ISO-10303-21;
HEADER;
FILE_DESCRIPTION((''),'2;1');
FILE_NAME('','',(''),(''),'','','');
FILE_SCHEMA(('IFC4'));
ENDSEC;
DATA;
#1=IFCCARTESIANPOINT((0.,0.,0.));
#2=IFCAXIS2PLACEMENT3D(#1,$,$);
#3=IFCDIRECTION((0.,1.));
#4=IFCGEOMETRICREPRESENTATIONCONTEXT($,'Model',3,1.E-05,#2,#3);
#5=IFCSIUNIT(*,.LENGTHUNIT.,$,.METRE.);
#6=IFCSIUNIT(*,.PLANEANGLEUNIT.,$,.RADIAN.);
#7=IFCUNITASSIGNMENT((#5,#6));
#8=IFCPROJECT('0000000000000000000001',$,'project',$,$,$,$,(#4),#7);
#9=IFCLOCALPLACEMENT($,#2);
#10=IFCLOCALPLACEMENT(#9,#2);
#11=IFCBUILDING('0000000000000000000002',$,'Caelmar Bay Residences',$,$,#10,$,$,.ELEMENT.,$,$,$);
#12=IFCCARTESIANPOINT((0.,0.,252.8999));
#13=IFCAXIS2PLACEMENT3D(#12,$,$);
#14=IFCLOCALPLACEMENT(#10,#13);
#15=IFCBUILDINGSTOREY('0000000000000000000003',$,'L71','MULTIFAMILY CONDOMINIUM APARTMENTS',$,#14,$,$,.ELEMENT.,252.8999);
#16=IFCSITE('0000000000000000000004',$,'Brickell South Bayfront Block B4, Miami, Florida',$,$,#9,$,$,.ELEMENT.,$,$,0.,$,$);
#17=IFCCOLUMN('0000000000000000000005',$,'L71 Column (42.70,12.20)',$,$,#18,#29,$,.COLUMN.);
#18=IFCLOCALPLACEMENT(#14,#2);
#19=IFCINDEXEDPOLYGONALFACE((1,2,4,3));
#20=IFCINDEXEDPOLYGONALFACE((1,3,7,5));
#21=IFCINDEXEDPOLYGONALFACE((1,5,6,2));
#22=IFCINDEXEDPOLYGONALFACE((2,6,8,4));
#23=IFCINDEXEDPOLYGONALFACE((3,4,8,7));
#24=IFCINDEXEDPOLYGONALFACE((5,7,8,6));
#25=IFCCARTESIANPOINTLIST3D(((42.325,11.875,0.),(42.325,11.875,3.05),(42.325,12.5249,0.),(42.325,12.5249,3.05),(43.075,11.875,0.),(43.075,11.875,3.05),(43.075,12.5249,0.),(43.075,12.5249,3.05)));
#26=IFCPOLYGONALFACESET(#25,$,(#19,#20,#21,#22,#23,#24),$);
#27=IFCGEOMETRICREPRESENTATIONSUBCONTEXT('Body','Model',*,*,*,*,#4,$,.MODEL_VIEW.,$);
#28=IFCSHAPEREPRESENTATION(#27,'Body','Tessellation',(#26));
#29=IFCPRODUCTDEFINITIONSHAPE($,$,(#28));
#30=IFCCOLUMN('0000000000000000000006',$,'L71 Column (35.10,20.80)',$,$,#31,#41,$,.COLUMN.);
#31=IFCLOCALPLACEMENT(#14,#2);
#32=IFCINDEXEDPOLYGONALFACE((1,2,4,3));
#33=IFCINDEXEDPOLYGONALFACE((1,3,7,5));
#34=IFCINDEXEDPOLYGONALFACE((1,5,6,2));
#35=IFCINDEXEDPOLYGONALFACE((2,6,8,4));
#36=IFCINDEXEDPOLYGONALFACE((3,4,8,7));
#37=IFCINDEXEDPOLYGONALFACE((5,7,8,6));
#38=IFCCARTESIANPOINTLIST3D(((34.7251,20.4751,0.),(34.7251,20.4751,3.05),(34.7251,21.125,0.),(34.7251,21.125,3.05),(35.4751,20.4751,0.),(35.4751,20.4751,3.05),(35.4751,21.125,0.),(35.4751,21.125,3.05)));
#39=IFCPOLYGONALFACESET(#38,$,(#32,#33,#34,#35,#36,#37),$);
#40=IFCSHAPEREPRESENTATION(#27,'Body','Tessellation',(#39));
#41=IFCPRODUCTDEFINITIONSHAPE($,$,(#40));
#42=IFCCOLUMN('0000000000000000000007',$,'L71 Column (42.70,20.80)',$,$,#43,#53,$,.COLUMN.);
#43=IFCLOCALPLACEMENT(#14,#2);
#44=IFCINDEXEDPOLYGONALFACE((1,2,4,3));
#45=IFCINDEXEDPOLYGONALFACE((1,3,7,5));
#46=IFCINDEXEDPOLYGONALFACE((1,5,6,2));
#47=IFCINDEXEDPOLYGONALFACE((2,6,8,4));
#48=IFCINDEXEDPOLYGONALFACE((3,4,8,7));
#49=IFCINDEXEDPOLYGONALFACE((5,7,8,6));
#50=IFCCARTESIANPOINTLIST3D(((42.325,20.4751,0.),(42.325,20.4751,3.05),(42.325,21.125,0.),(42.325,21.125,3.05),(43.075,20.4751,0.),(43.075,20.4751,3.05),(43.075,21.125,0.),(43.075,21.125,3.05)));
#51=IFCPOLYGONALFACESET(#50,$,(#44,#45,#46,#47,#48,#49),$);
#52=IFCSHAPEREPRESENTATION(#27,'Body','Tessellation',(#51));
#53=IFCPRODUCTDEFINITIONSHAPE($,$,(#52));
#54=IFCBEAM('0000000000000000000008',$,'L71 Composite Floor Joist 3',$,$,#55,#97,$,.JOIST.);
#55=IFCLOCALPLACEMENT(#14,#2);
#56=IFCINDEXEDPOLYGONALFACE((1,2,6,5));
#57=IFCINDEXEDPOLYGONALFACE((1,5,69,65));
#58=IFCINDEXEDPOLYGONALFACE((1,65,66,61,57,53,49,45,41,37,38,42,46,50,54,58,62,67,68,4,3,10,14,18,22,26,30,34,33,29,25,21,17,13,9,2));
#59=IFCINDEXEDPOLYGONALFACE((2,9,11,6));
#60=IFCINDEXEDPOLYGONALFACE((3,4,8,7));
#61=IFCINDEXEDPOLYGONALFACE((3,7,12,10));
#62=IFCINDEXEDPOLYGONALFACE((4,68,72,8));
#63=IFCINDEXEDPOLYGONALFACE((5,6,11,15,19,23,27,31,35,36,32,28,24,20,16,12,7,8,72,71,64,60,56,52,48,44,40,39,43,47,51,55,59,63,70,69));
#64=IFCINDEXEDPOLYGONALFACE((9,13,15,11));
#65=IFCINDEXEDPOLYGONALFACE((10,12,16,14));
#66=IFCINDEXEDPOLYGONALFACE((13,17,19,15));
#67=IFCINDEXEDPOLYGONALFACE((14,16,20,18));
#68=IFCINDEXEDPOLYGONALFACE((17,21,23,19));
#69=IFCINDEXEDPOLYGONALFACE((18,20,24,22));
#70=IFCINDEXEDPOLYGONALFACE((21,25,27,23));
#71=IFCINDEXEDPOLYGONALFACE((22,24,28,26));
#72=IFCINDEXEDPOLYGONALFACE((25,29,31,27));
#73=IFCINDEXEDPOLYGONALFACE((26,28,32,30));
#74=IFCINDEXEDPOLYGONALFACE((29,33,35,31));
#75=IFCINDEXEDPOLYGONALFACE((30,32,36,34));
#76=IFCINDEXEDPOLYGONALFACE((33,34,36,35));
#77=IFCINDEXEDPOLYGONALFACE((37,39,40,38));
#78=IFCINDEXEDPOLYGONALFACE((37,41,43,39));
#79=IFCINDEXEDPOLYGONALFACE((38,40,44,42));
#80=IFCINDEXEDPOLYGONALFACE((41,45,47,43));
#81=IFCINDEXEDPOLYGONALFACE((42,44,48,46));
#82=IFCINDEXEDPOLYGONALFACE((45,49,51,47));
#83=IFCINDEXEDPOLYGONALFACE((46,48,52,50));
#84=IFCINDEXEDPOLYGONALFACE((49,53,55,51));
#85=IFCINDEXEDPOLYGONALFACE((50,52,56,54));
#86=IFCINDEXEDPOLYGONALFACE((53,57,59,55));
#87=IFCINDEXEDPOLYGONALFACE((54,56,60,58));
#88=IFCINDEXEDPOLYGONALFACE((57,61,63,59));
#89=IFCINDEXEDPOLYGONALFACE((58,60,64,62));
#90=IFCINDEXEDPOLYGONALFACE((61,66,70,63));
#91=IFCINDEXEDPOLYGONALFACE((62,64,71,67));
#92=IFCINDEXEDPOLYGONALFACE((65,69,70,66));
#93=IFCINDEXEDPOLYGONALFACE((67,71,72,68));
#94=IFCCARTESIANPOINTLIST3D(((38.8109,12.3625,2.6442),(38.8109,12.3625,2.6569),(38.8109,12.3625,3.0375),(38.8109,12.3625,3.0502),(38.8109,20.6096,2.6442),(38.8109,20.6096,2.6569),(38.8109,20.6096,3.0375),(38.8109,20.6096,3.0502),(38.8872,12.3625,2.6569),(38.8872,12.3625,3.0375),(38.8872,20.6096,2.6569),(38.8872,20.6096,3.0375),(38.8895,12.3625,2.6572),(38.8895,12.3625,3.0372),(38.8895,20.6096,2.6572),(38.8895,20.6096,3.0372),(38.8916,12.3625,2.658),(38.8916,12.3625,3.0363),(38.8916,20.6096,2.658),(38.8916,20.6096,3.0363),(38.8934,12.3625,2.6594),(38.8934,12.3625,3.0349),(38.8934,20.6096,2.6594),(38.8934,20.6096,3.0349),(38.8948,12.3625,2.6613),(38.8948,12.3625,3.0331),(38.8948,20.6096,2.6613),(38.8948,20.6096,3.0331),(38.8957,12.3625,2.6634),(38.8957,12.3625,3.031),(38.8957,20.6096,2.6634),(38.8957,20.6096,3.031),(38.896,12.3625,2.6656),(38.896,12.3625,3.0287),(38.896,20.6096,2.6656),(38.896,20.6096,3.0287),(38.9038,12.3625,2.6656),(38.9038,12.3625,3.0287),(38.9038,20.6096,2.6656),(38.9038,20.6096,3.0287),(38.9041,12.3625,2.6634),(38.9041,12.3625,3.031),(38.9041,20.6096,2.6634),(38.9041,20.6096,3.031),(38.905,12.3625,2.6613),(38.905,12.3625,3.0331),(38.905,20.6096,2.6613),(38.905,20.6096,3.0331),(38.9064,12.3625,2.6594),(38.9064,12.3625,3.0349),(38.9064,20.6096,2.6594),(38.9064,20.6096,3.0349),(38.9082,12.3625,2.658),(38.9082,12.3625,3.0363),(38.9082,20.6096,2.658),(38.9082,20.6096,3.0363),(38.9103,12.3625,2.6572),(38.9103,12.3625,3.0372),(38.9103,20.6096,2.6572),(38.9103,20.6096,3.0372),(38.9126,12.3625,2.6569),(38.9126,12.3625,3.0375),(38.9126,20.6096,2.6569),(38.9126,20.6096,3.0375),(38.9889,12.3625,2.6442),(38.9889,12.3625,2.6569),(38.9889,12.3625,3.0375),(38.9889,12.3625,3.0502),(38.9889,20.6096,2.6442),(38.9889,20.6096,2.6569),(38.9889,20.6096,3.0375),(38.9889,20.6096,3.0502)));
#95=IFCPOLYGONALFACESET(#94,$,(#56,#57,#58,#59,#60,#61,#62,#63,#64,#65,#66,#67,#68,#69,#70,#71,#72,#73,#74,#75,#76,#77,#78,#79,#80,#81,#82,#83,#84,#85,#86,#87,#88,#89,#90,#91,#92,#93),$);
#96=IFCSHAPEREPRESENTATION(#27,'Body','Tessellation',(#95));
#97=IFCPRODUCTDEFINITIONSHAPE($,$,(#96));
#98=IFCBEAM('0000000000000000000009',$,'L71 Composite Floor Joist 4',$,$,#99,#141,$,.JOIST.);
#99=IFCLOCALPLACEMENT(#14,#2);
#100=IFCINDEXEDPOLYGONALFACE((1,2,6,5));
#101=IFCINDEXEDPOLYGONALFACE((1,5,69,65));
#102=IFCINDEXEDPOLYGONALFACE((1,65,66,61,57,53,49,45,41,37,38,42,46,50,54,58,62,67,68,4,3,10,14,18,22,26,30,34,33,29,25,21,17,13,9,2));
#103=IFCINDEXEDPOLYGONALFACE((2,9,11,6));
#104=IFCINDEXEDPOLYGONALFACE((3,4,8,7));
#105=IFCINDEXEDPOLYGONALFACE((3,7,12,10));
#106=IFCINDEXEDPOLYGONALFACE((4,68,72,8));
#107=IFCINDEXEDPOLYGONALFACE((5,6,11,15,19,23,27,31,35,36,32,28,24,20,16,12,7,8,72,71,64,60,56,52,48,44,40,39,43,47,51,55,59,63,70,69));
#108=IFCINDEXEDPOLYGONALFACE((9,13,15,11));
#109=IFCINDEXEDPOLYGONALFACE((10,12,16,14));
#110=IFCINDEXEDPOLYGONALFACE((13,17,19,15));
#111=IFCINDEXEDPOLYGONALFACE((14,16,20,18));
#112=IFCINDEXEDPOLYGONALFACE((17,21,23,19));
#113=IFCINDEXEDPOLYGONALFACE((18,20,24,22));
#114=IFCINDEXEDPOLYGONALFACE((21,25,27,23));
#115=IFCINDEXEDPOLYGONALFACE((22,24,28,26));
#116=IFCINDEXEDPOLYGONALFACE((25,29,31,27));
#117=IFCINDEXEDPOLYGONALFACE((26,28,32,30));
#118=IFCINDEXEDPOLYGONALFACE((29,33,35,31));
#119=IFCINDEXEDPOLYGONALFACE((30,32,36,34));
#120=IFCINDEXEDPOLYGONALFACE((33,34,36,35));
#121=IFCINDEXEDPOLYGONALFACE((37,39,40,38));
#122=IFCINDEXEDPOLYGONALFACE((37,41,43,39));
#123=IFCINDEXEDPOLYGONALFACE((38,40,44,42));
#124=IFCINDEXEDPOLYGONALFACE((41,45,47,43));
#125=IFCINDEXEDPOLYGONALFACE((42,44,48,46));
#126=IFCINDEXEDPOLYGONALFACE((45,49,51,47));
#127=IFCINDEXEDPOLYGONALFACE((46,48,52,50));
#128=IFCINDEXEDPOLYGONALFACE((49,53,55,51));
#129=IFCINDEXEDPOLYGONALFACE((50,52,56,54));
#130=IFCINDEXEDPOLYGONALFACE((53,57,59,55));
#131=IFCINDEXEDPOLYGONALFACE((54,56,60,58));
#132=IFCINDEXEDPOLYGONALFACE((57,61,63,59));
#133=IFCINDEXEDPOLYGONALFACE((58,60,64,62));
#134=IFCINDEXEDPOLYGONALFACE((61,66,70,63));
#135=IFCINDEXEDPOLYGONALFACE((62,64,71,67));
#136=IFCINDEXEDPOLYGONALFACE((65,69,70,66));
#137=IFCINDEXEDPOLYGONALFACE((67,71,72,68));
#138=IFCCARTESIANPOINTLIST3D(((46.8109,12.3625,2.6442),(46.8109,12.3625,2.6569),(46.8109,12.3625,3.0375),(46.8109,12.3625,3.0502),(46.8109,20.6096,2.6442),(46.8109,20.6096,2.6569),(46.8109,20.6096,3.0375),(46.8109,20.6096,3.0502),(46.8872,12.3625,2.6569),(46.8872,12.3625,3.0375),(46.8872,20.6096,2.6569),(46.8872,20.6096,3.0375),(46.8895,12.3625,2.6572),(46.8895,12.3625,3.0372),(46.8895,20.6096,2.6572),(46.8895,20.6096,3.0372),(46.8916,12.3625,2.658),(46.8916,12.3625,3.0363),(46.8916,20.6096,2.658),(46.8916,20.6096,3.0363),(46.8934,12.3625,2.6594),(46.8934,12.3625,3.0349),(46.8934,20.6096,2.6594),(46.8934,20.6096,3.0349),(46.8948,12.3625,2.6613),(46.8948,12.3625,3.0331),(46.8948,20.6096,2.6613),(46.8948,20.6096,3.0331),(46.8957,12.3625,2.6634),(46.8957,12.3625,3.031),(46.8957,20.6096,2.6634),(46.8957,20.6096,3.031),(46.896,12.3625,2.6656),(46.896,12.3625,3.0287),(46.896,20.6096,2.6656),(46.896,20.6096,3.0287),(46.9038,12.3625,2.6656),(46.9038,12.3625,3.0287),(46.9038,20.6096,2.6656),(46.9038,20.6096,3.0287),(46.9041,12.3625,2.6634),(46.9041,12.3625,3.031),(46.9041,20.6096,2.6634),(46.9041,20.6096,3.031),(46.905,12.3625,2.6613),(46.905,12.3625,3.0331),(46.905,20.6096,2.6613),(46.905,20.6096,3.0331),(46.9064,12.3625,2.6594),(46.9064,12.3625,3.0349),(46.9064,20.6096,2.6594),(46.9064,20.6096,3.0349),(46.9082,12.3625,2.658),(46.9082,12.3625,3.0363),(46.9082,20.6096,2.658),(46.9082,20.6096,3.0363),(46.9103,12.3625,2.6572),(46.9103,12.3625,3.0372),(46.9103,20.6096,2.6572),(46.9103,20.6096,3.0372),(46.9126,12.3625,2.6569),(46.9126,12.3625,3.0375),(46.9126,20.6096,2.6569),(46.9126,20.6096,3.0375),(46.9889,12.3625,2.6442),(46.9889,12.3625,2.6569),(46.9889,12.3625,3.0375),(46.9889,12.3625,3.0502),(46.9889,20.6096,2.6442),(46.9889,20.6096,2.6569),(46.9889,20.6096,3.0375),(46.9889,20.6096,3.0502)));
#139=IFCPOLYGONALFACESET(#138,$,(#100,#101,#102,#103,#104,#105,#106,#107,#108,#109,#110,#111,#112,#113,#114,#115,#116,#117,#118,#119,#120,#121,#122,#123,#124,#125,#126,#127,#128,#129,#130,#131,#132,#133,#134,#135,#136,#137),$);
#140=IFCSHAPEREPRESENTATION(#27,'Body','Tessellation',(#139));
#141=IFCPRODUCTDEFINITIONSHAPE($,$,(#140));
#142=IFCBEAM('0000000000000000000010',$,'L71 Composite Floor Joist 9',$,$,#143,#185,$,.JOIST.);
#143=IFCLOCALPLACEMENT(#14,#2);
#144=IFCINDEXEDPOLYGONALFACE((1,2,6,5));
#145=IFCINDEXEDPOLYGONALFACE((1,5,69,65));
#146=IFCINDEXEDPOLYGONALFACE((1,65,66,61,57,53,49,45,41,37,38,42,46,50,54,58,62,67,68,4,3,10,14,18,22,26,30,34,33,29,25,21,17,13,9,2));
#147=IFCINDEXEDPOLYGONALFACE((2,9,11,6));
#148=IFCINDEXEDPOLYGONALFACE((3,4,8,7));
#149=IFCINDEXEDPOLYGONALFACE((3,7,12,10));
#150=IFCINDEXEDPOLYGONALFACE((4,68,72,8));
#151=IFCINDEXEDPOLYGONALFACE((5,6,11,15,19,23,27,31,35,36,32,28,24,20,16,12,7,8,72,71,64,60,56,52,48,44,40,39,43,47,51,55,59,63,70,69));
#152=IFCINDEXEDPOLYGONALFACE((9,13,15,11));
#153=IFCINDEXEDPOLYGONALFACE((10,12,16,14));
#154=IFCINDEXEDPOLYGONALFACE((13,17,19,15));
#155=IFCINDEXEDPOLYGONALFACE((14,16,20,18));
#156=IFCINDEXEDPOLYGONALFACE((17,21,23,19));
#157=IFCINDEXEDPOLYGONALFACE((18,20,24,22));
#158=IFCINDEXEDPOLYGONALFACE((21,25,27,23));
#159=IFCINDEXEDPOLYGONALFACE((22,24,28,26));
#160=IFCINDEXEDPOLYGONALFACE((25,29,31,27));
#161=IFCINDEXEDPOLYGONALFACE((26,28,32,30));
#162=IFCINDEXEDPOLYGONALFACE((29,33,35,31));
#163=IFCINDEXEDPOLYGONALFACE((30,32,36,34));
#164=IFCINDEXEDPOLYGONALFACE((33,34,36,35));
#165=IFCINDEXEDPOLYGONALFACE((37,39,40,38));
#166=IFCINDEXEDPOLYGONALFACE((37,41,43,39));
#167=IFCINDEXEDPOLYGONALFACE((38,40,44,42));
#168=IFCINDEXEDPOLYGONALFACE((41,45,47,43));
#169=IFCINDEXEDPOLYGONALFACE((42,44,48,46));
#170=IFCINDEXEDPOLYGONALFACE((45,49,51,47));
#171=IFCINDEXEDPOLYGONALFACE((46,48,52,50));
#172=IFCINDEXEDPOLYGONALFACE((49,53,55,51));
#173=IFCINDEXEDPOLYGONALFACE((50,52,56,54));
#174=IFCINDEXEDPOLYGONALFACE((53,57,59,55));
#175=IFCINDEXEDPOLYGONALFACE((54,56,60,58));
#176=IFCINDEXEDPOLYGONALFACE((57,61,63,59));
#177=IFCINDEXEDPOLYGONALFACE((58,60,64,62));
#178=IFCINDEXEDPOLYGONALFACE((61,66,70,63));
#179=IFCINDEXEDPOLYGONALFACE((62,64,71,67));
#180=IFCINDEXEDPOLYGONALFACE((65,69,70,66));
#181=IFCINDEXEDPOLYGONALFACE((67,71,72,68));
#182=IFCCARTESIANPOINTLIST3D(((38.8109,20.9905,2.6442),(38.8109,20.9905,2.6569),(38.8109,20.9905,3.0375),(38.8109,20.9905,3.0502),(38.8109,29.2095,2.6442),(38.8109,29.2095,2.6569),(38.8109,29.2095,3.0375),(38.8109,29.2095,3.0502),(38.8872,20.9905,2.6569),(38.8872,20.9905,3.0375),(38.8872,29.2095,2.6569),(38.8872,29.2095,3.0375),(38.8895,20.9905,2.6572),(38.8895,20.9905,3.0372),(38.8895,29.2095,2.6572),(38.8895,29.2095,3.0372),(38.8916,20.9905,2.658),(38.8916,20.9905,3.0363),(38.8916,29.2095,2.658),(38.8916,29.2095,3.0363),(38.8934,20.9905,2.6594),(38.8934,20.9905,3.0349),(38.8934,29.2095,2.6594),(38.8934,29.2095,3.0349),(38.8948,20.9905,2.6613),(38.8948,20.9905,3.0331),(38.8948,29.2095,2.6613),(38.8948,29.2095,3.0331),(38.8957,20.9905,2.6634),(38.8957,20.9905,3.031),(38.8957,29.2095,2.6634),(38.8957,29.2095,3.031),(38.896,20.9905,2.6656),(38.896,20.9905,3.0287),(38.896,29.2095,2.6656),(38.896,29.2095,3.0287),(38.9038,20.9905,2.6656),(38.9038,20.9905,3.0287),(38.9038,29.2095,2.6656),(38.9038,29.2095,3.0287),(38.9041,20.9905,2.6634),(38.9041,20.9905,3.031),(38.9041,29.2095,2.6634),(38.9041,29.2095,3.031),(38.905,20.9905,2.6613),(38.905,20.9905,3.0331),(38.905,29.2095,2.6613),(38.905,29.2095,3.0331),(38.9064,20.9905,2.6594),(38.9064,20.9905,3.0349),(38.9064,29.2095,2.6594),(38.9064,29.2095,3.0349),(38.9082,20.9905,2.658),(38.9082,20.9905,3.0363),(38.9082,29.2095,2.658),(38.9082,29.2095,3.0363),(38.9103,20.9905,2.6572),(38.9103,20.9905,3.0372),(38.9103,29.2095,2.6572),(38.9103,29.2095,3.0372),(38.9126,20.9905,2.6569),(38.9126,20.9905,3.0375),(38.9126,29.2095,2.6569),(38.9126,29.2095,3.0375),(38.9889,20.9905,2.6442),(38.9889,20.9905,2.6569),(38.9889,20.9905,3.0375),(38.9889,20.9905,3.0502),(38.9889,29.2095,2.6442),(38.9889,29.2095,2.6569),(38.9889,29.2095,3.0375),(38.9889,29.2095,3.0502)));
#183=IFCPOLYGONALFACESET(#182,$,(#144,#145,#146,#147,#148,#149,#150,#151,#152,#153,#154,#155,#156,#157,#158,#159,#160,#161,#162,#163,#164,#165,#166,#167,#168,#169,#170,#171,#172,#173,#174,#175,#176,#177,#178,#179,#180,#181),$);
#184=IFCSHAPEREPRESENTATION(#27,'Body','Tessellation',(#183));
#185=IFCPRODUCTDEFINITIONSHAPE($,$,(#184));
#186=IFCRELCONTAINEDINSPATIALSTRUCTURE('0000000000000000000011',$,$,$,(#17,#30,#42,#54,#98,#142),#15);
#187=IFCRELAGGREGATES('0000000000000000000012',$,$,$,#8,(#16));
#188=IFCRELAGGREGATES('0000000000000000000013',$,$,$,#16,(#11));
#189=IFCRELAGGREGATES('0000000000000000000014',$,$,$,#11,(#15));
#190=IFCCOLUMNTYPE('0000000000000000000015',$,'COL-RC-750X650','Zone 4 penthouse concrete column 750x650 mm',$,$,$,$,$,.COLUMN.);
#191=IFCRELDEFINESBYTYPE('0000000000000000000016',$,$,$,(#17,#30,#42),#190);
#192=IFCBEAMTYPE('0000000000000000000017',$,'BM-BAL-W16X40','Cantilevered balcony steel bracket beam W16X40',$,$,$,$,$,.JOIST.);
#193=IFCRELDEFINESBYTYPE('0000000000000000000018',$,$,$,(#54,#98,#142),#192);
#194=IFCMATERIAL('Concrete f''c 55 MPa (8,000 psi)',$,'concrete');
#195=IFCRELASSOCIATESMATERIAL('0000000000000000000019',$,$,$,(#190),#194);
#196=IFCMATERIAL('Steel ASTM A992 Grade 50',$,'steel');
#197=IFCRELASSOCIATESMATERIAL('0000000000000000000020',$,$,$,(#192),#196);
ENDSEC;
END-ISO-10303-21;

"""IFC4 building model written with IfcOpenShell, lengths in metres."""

from ifc_helpers import new_model, si_unit, direction, frame, origin, origin_2d, place, context, subcontext, project, spatial, rectangle, i_section, extrude, material, material_profile, profile_set, type_object, element, save


model = new_model("IFC4")

# Units and contexts
model_context = context("Model", 3, precision=1e-05, world=origin(), true_north=direction((0.0, 1.0)))
body_context = subcontext(model_context, "Body", "Model", "MODEL_VIEW")
ifc_project = project(units=[si_unit("LENGTHUNIT", "METRE"), si_unit("PLANEANGLEUNIT", "RADIAN")], contexts=[model_context])

# Site, building, storey
site_placement = place(None, origin())
site = spatial("IfcSite", under=ifc_project, at=site_placement, Name="Brickell South Bayfront Block B4, Miami, Florida", CompositionType="ELEMENT", RefElevation=0.0)
building_placement = place(site_placement, origin())
building = spatial("IfcBuilding", under=site, at=building_placement, Name="Caelmar Bay Residences", CompositionType="ELEMENT")
storey_placement = place(building_placement, frame((0.0, 0.0, 252.8999)))
storey = spatial("IfcBuildingStorey", under=building, at=storey_placement, Name="L71", Description="MULTIFAMILY CONDOMINIUM APARTMENTS", CompositionType="ELEMENT", Elevation=252.8999)

# Columns
ifc_material_1 = material(Name="Concrete f'c 55 MPa (8,000 psi)", Category="concrete")
ifc_material_profile_1 = material_profile(ifc_material_1, rectangle(XDim=0.75, YDim=0.6499, at=origin_2d()), Name="RC-COL-750X650")
ifc_profile_set_1 = profile_set([ifc_material_profile_1], Name="Concrete f'c 55 MPa (8,000 psi)")
column_type = type_object("IfcColumnType", Name="COL-RC-750X650", Description="Zone 4 penthouse concrete column 750x650 mm", PredefinedType="COLUMN", material=ifc_profile_set_1)
for number, where, z_axis, x_axis, name in (
    (1, (42.7, 12.2, 0.0), (0.0, 0.0, 1.0), (1.0, 0.0, 0.0), "L71 Column (42.70,12.20)"),
    (2, (35.1001, 20.8, 0.0), (0.0, 0.0, 1.0), (1.0, 0.0, 0.0), "L71 Column (35.10,20.80)"),
    (3, (42.7, 20.8, 0.0), (0.0, 0.0, 1.0), (1.0, 0.0, 0.0), "L71 Column (42.70,20.80)"),
):
    element("IfcColumn", number, at=place(storey_placement, frame(where, z_axis=z_axis, x_axis=x_axis)), inside=storey, type_object=column_type, Name=name, PredefinedType="COLUMN", context=body_context, shape_type="SweptSolid", body=[
        extrude(rectangle(XDim=0.75, YDim=0.6499, at=origin_2d()), origin(), (0.0, 0.0, 1.0), 3.05),
    ])

# Beams
ifc_material_2 = material(Name="Steel ASTM A992 Grade 50", Category="steel")
ifc_material_profile_2 = material_profile(ifc_material_2, i_section(OverallWidth=0.178, OverallDepth=0.406, WebThickness=0.0078, FlangeThickness=0.0127, FilletRadius=0.0088, at=origin_2d()), Name="W16X40")
ifc_profile_set_2 = profile_set([ifc_material_profile_2], Name="Steel ASTM A992 Grade 50")
beam_type_1 = type_object("IfcBeamType", Name="BM-BAL-W16X40", Description="Cantilevered balcony steel bracket beam W16X40", PredefinedType="JOIST", material=ifc_profile_set_2)
for number, where, z_axis, x_axis, name in (
    (4, (38.8999, 12.3625, 2.8472), (0.0, 1.0, 0.0), (-1.0, 0.0, 0.0), "L71 Composite Floor Joist 3"),
    (5, (46.8999, 12.3625, 2.8472), (0.0, 1.0, 0.0), (-1.0, 0.0, 0.0), "L71 Composite Floor Joist 4"),
):
    element("IfcBeam", number, at=place(storey_placement, frame(where, z_axis=z_axis, x_axis=x_axis)), inside=storey, type_object=beam_type_1, Name=name, PredefinedType="JOIST", context=body_context, shape_type="SweptSolid", body=[
        extrude(i_section(OverallWidth=0.178, OverallDepth=0.406, WebThickness=0.0078, FlangeThickness=0.0127, FilletRadius=0.0088, at=origin_2d()), origin(), (0.0, 0.0, 1.0), 8.2471),
    ])
beam_1_placement = place(storey_placement, frame((38.8999, 20.9905, 2.8472), z_axis=(0.0, 1.0, 0.0), x_axis=(-1.0, 0.0, 0.0)))
element("IfcBeam", 6, at=beam_1_placement, inside=storey, type_object=beam_type_1, Name="L71 Composite Floor Joist 9", PredefinedType="JOIST", context=body_context, shape_type="SweptSolid", body=[
    extrude(i_section(OverallWidth=0.178, OverallDepth=0.406, WebThickness=0.0078, FlangeThickness=0.0127, FilletRadius=0.0088, at=origin_2d()), origin(), (0.0, 0.0, 1.0), 8.219),
])

save(model, "model.ifc")
